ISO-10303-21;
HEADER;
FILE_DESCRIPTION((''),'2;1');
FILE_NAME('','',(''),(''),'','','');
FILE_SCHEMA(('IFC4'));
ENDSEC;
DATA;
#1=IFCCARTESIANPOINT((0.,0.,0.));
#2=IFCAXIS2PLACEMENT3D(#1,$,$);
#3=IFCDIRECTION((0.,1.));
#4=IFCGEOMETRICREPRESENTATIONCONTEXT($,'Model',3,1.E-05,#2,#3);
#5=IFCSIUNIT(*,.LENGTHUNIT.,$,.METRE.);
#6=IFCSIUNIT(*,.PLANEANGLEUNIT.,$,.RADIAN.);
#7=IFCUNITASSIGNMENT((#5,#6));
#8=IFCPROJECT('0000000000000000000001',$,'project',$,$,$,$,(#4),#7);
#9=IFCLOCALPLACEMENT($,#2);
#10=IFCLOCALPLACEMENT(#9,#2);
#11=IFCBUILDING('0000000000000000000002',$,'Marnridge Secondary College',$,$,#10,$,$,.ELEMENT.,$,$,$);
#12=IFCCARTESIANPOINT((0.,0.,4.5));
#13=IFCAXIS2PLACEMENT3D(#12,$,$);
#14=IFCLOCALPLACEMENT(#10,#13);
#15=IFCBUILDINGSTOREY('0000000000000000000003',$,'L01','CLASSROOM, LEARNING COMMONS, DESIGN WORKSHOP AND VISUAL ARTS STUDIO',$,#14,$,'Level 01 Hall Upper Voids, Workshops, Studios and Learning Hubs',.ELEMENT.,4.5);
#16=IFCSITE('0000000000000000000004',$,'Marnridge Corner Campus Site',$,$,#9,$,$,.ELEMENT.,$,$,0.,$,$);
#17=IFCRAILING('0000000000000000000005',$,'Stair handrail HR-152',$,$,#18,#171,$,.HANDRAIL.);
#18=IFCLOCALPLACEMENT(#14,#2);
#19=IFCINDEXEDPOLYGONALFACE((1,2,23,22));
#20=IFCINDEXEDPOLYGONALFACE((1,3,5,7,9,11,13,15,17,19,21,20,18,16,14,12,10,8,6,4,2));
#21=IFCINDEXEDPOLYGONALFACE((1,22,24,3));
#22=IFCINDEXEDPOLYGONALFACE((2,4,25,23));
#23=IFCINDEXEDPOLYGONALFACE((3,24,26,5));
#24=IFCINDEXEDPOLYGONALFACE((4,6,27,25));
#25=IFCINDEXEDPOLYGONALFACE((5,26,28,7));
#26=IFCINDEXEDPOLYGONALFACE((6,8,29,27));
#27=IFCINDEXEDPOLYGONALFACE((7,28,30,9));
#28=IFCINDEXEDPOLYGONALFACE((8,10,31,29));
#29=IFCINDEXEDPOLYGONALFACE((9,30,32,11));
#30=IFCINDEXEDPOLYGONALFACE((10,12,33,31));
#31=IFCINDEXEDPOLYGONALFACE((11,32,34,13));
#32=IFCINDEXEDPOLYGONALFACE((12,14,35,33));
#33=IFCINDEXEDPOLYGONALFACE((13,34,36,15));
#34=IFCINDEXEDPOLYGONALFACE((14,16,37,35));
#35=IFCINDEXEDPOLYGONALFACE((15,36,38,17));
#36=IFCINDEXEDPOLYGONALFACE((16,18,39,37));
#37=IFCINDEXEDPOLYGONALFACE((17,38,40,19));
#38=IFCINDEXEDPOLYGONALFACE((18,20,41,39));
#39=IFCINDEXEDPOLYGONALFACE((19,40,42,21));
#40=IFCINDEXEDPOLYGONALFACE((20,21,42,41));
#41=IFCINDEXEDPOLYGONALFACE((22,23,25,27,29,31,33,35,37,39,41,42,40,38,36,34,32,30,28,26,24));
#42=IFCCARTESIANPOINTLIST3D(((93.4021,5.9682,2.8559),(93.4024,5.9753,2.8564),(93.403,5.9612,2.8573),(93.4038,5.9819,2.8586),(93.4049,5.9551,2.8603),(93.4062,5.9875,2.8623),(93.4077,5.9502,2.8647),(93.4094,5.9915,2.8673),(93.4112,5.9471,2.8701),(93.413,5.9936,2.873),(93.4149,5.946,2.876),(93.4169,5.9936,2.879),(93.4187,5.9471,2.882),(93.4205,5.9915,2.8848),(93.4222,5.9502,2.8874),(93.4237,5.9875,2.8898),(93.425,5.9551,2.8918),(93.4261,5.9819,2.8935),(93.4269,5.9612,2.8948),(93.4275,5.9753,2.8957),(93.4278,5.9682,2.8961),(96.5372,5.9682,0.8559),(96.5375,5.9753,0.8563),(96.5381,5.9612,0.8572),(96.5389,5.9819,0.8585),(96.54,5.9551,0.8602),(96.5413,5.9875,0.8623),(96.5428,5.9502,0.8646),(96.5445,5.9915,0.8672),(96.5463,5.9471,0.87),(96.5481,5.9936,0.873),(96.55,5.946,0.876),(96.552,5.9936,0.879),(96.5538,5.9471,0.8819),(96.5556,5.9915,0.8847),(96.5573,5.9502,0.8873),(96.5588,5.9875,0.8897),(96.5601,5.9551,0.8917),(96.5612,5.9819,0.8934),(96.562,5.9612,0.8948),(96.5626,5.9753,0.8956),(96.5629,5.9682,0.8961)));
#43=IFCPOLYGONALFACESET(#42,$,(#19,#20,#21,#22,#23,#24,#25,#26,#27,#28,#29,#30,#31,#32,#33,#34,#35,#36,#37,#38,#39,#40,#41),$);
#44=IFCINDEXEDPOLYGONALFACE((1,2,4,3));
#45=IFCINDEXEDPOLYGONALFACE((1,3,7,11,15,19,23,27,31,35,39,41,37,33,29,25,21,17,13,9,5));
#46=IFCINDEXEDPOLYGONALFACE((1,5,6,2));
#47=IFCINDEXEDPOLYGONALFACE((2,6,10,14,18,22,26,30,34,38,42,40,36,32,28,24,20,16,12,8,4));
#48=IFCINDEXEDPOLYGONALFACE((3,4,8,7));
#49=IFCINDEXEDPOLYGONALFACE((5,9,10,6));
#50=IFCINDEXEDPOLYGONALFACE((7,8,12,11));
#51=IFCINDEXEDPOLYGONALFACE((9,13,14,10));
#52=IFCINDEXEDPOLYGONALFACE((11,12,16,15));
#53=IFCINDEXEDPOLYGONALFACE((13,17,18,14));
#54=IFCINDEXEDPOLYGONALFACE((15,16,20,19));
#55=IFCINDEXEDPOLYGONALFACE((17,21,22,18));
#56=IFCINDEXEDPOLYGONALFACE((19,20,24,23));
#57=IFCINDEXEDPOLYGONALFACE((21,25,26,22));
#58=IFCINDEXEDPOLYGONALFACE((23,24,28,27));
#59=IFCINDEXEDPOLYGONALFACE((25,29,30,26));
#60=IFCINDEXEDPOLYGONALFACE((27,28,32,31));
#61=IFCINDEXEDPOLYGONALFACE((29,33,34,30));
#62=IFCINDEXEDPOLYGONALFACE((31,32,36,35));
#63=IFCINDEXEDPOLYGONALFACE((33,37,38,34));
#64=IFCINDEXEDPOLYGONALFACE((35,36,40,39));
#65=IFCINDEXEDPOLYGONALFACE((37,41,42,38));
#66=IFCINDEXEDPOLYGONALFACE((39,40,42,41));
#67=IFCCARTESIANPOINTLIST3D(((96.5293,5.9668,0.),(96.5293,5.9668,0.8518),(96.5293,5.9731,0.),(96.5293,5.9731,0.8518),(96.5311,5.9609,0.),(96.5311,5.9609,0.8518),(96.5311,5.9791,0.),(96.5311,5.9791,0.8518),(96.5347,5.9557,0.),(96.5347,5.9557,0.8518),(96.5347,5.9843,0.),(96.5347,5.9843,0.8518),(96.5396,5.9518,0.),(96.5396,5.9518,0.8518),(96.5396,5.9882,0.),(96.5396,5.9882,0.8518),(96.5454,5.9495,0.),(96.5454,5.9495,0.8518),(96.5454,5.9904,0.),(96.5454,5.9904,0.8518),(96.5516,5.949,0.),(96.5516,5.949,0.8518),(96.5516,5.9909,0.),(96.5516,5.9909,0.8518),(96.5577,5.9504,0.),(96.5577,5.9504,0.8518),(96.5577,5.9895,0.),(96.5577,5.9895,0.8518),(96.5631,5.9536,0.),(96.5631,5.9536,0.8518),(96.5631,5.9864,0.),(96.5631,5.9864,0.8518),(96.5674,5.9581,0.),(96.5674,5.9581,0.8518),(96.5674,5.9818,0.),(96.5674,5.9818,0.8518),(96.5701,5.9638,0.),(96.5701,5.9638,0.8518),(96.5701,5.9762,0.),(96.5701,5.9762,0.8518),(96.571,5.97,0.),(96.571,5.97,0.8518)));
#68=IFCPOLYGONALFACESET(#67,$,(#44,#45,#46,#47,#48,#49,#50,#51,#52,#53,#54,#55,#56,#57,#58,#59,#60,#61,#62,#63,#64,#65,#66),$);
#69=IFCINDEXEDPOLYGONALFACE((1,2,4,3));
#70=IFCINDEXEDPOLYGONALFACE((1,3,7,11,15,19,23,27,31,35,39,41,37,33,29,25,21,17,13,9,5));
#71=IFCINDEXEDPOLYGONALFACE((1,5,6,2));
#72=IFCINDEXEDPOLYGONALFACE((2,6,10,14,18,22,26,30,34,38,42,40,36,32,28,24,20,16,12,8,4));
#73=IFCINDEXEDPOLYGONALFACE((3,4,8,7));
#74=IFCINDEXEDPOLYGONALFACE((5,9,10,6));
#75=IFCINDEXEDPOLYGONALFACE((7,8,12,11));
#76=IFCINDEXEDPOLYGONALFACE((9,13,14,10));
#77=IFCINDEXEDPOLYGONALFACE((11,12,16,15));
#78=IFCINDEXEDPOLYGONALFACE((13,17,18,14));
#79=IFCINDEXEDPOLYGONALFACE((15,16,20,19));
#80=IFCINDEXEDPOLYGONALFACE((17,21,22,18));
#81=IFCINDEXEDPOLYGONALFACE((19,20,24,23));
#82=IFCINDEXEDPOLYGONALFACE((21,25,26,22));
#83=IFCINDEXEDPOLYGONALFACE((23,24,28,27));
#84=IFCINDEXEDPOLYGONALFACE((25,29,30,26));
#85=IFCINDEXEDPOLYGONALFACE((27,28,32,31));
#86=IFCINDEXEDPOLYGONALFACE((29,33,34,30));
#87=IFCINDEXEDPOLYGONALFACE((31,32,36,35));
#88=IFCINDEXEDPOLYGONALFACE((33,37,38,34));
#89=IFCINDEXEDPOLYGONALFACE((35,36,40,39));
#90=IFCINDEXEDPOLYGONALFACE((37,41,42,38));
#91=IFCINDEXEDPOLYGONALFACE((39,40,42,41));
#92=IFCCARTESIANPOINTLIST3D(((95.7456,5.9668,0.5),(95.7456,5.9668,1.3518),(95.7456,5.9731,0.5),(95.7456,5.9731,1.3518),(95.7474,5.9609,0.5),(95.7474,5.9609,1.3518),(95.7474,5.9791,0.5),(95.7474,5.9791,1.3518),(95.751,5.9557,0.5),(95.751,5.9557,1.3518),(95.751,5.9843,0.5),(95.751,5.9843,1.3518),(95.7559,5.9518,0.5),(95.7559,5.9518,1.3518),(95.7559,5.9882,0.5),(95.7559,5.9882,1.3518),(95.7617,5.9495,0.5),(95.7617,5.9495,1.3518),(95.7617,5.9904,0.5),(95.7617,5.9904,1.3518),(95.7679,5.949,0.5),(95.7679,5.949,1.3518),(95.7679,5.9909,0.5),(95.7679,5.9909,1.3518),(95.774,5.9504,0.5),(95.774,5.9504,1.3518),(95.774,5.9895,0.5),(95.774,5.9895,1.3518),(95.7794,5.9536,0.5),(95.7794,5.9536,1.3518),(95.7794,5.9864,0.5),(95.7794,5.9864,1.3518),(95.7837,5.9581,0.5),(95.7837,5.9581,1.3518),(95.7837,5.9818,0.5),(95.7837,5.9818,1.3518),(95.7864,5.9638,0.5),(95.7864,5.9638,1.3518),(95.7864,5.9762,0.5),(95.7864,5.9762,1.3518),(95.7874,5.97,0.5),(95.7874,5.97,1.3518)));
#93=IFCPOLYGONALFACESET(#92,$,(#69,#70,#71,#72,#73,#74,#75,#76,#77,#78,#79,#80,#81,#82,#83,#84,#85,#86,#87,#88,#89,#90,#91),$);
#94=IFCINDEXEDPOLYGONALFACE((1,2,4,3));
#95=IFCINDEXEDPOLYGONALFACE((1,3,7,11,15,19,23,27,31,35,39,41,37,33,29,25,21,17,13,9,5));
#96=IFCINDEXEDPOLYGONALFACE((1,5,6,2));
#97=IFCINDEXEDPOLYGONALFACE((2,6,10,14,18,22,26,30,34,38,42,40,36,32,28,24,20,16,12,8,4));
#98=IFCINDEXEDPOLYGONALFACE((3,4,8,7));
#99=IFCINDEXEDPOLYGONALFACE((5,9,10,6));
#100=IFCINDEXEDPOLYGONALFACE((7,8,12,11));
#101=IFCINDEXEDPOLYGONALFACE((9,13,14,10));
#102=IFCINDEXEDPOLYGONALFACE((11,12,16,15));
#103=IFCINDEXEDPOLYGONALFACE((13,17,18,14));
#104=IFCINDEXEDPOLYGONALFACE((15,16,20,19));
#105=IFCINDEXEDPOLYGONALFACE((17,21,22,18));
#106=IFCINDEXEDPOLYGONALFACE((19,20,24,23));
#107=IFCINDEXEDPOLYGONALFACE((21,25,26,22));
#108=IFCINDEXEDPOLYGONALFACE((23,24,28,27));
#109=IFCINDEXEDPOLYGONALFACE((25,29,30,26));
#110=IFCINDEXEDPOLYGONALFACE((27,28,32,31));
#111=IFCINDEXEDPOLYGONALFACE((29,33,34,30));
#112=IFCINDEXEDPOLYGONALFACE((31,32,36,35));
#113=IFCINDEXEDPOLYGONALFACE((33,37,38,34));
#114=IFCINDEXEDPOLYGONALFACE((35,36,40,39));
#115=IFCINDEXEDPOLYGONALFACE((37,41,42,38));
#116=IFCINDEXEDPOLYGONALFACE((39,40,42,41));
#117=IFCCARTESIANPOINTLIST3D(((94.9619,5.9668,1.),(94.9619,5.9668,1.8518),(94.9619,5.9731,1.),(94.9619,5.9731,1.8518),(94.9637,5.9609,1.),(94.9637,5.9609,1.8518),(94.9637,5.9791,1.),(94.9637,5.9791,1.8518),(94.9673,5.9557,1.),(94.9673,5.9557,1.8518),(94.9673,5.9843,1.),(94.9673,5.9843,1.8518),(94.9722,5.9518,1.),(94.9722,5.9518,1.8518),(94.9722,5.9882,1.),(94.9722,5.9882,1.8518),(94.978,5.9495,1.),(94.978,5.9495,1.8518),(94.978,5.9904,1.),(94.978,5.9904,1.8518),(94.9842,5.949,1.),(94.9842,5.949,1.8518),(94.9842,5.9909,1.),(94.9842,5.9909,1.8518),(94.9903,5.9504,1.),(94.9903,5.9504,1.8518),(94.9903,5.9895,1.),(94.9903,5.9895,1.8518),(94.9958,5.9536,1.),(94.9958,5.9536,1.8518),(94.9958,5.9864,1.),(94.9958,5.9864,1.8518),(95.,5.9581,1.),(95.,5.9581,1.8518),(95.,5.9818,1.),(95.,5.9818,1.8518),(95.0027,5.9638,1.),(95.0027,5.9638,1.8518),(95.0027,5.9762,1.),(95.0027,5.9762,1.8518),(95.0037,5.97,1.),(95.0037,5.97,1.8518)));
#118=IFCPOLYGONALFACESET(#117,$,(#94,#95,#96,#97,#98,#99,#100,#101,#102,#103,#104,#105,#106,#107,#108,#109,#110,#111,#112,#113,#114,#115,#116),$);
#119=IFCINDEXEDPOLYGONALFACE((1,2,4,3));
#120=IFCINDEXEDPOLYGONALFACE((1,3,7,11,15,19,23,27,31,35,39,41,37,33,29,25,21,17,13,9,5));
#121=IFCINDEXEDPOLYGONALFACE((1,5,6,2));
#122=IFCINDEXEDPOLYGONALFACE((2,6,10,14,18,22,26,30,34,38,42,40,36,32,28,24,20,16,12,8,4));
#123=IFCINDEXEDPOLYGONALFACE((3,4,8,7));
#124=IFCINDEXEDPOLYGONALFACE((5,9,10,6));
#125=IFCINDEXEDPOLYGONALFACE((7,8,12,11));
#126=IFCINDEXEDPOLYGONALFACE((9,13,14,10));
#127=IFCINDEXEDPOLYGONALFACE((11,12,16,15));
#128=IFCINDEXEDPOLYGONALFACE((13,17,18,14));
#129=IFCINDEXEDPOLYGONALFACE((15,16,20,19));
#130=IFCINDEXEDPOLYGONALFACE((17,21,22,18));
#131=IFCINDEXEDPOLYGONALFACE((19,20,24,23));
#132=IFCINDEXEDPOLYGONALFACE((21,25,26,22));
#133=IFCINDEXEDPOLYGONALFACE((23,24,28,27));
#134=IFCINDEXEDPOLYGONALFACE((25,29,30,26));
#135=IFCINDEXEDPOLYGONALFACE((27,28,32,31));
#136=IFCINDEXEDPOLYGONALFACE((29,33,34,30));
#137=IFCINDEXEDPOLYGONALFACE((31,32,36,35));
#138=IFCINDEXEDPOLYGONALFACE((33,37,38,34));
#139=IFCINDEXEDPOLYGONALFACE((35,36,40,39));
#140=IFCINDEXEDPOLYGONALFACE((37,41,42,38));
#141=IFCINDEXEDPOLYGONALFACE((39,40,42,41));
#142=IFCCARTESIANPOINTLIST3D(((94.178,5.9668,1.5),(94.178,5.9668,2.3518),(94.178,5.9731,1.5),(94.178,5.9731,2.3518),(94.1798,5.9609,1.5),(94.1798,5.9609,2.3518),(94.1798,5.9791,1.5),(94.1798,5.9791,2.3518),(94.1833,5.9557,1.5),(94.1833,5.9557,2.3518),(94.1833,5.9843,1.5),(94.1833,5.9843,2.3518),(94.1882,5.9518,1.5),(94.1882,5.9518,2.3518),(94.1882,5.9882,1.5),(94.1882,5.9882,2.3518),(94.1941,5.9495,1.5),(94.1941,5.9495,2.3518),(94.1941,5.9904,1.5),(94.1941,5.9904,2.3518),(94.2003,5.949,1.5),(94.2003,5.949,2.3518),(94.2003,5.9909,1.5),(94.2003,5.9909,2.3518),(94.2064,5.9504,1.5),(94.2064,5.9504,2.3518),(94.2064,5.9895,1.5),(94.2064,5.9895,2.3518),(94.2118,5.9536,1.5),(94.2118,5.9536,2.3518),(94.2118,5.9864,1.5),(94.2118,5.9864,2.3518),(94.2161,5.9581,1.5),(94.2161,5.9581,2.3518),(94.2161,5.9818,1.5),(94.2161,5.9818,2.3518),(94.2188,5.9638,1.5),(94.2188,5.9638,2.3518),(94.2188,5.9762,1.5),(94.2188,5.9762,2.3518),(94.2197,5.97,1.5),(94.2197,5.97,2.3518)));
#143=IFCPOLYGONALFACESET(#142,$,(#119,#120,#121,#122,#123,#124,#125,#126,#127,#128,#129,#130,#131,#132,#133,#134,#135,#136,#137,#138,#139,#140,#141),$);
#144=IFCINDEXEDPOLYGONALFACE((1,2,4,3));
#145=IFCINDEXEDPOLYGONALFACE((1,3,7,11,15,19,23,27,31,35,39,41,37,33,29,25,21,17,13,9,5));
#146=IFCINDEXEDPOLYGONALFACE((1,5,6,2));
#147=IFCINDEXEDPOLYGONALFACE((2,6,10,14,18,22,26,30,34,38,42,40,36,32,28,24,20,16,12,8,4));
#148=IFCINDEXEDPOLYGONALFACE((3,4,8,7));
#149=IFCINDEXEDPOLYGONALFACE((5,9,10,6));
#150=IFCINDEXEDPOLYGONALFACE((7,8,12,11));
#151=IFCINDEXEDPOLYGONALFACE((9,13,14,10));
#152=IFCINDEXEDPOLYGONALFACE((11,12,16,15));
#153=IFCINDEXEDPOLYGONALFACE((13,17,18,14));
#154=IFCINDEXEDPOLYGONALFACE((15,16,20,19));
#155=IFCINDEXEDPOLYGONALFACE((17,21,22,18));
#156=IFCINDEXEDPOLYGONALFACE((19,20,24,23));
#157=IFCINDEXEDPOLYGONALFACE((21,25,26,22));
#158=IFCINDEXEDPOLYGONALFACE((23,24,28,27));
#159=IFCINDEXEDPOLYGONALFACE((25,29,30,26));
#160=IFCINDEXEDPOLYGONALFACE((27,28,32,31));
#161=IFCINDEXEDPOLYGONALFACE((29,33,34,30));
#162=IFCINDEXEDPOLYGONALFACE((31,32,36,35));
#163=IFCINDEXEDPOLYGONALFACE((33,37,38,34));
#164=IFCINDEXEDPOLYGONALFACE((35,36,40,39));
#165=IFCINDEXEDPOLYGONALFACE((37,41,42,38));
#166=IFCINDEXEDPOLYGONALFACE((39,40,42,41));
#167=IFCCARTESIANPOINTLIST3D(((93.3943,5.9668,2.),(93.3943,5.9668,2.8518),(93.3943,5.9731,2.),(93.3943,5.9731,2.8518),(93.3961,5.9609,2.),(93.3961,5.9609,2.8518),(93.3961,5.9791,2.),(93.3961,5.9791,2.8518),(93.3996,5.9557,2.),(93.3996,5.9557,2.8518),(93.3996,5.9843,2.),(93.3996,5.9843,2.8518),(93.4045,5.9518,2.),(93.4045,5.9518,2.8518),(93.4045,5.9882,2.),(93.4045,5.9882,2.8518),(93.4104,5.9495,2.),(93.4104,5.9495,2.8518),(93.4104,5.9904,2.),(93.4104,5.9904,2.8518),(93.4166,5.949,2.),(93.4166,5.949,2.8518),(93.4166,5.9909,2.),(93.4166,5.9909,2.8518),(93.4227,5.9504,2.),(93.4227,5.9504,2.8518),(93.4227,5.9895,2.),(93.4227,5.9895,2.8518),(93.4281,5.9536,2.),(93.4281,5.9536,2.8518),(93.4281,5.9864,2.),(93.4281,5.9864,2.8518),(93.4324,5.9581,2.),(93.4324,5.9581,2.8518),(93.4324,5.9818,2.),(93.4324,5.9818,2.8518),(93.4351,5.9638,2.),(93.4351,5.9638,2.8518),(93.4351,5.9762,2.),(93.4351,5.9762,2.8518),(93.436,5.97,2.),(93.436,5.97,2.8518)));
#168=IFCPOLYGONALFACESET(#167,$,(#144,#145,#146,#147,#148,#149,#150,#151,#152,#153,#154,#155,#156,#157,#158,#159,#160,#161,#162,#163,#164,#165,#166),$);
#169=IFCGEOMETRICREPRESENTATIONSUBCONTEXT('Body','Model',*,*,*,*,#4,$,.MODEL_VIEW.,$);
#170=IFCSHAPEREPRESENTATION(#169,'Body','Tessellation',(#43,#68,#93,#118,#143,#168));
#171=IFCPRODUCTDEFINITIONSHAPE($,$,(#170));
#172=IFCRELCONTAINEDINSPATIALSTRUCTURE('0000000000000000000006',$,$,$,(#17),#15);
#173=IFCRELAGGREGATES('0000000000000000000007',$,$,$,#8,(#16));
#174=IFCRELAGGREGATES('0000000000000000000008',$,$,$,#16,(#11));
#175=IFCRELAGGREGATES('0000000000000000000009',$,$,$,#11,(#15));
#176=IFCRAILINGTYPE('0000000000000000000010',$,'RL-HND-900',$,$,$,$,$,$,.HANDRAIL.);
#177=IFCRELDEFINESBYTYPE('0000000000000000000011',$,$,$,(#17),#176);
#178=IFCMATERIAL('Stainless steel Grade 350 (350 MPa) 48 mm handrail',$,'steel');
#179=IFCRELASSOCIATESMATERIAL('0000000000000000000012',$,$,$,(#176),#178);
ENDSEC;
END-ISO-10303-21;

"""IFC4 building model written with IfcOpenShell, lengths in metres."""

from ifc_helpers import new_model, si_unit, direction, frame, origin, origin_2d, place, context, subcontext, project, spatial, circle, extrude, material, type_object, element, save


model = new_model("IFC4")

# Units and contexts
model_context = context("Model", 3, precision=1e-05, world=origin(), true_north=direction((0.0, 1.0)))
body_context = subcontext(model_context, "Body", "Model", "MODEL_VIEW")
ifc_project = project(units=[si_unit("LENGTHUNIT", "METRE"), si_unit("PLANEANGLEUNIT", "RADIAN")], contexts=[model_context])

# Site, building, storey
site_placement = place(None, origin())
site = spatial("IfcSite", under=ifc_project, at=site_placement, Name="Marnridge Corner Campus Site", CompositionType="ELEMENT", RefElevation=0.0)
building_placement = place(site_placement, origin())
building = spatial("IfcBuilding", under=site, at=building_placement, Name="Marnridge Secondary College", CompositionType="ELEMENT")
storey_placement = place(building_placement, frame((0.0, 0.0, 4.5)))
storey = spatial("IfcBuildingStorey", under=building, at=storey_placement, Name="L01", Description="CLASSROOM, LEARNING COMMONS, DESIGN WORKSHOP AND VISUAL ARTS STUDIO", LongName="Level 01 Hall Upper Voids, Workshops, Studios and Learning Hubs", CompositionType="ELEMENT", Elevation=4.5)

# Railing
ifc_material_1 = material(Name="Stainless steel Grade 350 (350 MPa) 48 mm handrail", Category="steel")
railing_type_1 = type_object("IfcRailingType", Name="RL-HND-900", PredefinedType="HANDRAIL", material=ifc_material_1)
for number, where, name in (
    (1, (96.55, 5.97, 0.0), "Stair handrail HR-152"),
):
    element("IfcRailing", number, at=place(storey_placement, frame(where)), inside=storey, type_object=railing_type_1, Name=name, PredefinedType="HANDRAIL", context=body_context, shape_type="SweptSolid", body=[
        extrude(circle(Radius=0.0239, at=origin_2d()), frame((0.0, 0.0, 0.876), z_axis=(-0.843053, 0.0, 0.537831), x_axis=(0.0, -1.0, 0.0)), (0.0, 0.0, 1.0), 3.7188),
        extrude(circle(Radius=0.021, at=origin_2d()), origin(), (0.0, 0.0, 1.0), 0.8518),
        extrude(circle(Radius=0.021, at=origin_2d()), frame((-0.7837, 0.0, 0.5)), (0.0, 0.0, 1.0), 0.8518),
        extrude(circle(Radius=0.021, at=origin_2d()), frame((-1.5674, 0.0, 1.0)), (0.0, 0.0, 1.0), 0.8518),
        extrude(circle(Radius=0.021, at=origin_2d()), frame((-2.3513, 0.0, 1.5)), (0.0, 0.0, 1.0), 0.8518),
        extrude(circle(Radius=0.021, at=origin_2d()), frame((-3.135, 0.0, 2.0)), (0.0, 0.0, 1.0), 0.8518),
    ])

save(model, "model.ifc")
